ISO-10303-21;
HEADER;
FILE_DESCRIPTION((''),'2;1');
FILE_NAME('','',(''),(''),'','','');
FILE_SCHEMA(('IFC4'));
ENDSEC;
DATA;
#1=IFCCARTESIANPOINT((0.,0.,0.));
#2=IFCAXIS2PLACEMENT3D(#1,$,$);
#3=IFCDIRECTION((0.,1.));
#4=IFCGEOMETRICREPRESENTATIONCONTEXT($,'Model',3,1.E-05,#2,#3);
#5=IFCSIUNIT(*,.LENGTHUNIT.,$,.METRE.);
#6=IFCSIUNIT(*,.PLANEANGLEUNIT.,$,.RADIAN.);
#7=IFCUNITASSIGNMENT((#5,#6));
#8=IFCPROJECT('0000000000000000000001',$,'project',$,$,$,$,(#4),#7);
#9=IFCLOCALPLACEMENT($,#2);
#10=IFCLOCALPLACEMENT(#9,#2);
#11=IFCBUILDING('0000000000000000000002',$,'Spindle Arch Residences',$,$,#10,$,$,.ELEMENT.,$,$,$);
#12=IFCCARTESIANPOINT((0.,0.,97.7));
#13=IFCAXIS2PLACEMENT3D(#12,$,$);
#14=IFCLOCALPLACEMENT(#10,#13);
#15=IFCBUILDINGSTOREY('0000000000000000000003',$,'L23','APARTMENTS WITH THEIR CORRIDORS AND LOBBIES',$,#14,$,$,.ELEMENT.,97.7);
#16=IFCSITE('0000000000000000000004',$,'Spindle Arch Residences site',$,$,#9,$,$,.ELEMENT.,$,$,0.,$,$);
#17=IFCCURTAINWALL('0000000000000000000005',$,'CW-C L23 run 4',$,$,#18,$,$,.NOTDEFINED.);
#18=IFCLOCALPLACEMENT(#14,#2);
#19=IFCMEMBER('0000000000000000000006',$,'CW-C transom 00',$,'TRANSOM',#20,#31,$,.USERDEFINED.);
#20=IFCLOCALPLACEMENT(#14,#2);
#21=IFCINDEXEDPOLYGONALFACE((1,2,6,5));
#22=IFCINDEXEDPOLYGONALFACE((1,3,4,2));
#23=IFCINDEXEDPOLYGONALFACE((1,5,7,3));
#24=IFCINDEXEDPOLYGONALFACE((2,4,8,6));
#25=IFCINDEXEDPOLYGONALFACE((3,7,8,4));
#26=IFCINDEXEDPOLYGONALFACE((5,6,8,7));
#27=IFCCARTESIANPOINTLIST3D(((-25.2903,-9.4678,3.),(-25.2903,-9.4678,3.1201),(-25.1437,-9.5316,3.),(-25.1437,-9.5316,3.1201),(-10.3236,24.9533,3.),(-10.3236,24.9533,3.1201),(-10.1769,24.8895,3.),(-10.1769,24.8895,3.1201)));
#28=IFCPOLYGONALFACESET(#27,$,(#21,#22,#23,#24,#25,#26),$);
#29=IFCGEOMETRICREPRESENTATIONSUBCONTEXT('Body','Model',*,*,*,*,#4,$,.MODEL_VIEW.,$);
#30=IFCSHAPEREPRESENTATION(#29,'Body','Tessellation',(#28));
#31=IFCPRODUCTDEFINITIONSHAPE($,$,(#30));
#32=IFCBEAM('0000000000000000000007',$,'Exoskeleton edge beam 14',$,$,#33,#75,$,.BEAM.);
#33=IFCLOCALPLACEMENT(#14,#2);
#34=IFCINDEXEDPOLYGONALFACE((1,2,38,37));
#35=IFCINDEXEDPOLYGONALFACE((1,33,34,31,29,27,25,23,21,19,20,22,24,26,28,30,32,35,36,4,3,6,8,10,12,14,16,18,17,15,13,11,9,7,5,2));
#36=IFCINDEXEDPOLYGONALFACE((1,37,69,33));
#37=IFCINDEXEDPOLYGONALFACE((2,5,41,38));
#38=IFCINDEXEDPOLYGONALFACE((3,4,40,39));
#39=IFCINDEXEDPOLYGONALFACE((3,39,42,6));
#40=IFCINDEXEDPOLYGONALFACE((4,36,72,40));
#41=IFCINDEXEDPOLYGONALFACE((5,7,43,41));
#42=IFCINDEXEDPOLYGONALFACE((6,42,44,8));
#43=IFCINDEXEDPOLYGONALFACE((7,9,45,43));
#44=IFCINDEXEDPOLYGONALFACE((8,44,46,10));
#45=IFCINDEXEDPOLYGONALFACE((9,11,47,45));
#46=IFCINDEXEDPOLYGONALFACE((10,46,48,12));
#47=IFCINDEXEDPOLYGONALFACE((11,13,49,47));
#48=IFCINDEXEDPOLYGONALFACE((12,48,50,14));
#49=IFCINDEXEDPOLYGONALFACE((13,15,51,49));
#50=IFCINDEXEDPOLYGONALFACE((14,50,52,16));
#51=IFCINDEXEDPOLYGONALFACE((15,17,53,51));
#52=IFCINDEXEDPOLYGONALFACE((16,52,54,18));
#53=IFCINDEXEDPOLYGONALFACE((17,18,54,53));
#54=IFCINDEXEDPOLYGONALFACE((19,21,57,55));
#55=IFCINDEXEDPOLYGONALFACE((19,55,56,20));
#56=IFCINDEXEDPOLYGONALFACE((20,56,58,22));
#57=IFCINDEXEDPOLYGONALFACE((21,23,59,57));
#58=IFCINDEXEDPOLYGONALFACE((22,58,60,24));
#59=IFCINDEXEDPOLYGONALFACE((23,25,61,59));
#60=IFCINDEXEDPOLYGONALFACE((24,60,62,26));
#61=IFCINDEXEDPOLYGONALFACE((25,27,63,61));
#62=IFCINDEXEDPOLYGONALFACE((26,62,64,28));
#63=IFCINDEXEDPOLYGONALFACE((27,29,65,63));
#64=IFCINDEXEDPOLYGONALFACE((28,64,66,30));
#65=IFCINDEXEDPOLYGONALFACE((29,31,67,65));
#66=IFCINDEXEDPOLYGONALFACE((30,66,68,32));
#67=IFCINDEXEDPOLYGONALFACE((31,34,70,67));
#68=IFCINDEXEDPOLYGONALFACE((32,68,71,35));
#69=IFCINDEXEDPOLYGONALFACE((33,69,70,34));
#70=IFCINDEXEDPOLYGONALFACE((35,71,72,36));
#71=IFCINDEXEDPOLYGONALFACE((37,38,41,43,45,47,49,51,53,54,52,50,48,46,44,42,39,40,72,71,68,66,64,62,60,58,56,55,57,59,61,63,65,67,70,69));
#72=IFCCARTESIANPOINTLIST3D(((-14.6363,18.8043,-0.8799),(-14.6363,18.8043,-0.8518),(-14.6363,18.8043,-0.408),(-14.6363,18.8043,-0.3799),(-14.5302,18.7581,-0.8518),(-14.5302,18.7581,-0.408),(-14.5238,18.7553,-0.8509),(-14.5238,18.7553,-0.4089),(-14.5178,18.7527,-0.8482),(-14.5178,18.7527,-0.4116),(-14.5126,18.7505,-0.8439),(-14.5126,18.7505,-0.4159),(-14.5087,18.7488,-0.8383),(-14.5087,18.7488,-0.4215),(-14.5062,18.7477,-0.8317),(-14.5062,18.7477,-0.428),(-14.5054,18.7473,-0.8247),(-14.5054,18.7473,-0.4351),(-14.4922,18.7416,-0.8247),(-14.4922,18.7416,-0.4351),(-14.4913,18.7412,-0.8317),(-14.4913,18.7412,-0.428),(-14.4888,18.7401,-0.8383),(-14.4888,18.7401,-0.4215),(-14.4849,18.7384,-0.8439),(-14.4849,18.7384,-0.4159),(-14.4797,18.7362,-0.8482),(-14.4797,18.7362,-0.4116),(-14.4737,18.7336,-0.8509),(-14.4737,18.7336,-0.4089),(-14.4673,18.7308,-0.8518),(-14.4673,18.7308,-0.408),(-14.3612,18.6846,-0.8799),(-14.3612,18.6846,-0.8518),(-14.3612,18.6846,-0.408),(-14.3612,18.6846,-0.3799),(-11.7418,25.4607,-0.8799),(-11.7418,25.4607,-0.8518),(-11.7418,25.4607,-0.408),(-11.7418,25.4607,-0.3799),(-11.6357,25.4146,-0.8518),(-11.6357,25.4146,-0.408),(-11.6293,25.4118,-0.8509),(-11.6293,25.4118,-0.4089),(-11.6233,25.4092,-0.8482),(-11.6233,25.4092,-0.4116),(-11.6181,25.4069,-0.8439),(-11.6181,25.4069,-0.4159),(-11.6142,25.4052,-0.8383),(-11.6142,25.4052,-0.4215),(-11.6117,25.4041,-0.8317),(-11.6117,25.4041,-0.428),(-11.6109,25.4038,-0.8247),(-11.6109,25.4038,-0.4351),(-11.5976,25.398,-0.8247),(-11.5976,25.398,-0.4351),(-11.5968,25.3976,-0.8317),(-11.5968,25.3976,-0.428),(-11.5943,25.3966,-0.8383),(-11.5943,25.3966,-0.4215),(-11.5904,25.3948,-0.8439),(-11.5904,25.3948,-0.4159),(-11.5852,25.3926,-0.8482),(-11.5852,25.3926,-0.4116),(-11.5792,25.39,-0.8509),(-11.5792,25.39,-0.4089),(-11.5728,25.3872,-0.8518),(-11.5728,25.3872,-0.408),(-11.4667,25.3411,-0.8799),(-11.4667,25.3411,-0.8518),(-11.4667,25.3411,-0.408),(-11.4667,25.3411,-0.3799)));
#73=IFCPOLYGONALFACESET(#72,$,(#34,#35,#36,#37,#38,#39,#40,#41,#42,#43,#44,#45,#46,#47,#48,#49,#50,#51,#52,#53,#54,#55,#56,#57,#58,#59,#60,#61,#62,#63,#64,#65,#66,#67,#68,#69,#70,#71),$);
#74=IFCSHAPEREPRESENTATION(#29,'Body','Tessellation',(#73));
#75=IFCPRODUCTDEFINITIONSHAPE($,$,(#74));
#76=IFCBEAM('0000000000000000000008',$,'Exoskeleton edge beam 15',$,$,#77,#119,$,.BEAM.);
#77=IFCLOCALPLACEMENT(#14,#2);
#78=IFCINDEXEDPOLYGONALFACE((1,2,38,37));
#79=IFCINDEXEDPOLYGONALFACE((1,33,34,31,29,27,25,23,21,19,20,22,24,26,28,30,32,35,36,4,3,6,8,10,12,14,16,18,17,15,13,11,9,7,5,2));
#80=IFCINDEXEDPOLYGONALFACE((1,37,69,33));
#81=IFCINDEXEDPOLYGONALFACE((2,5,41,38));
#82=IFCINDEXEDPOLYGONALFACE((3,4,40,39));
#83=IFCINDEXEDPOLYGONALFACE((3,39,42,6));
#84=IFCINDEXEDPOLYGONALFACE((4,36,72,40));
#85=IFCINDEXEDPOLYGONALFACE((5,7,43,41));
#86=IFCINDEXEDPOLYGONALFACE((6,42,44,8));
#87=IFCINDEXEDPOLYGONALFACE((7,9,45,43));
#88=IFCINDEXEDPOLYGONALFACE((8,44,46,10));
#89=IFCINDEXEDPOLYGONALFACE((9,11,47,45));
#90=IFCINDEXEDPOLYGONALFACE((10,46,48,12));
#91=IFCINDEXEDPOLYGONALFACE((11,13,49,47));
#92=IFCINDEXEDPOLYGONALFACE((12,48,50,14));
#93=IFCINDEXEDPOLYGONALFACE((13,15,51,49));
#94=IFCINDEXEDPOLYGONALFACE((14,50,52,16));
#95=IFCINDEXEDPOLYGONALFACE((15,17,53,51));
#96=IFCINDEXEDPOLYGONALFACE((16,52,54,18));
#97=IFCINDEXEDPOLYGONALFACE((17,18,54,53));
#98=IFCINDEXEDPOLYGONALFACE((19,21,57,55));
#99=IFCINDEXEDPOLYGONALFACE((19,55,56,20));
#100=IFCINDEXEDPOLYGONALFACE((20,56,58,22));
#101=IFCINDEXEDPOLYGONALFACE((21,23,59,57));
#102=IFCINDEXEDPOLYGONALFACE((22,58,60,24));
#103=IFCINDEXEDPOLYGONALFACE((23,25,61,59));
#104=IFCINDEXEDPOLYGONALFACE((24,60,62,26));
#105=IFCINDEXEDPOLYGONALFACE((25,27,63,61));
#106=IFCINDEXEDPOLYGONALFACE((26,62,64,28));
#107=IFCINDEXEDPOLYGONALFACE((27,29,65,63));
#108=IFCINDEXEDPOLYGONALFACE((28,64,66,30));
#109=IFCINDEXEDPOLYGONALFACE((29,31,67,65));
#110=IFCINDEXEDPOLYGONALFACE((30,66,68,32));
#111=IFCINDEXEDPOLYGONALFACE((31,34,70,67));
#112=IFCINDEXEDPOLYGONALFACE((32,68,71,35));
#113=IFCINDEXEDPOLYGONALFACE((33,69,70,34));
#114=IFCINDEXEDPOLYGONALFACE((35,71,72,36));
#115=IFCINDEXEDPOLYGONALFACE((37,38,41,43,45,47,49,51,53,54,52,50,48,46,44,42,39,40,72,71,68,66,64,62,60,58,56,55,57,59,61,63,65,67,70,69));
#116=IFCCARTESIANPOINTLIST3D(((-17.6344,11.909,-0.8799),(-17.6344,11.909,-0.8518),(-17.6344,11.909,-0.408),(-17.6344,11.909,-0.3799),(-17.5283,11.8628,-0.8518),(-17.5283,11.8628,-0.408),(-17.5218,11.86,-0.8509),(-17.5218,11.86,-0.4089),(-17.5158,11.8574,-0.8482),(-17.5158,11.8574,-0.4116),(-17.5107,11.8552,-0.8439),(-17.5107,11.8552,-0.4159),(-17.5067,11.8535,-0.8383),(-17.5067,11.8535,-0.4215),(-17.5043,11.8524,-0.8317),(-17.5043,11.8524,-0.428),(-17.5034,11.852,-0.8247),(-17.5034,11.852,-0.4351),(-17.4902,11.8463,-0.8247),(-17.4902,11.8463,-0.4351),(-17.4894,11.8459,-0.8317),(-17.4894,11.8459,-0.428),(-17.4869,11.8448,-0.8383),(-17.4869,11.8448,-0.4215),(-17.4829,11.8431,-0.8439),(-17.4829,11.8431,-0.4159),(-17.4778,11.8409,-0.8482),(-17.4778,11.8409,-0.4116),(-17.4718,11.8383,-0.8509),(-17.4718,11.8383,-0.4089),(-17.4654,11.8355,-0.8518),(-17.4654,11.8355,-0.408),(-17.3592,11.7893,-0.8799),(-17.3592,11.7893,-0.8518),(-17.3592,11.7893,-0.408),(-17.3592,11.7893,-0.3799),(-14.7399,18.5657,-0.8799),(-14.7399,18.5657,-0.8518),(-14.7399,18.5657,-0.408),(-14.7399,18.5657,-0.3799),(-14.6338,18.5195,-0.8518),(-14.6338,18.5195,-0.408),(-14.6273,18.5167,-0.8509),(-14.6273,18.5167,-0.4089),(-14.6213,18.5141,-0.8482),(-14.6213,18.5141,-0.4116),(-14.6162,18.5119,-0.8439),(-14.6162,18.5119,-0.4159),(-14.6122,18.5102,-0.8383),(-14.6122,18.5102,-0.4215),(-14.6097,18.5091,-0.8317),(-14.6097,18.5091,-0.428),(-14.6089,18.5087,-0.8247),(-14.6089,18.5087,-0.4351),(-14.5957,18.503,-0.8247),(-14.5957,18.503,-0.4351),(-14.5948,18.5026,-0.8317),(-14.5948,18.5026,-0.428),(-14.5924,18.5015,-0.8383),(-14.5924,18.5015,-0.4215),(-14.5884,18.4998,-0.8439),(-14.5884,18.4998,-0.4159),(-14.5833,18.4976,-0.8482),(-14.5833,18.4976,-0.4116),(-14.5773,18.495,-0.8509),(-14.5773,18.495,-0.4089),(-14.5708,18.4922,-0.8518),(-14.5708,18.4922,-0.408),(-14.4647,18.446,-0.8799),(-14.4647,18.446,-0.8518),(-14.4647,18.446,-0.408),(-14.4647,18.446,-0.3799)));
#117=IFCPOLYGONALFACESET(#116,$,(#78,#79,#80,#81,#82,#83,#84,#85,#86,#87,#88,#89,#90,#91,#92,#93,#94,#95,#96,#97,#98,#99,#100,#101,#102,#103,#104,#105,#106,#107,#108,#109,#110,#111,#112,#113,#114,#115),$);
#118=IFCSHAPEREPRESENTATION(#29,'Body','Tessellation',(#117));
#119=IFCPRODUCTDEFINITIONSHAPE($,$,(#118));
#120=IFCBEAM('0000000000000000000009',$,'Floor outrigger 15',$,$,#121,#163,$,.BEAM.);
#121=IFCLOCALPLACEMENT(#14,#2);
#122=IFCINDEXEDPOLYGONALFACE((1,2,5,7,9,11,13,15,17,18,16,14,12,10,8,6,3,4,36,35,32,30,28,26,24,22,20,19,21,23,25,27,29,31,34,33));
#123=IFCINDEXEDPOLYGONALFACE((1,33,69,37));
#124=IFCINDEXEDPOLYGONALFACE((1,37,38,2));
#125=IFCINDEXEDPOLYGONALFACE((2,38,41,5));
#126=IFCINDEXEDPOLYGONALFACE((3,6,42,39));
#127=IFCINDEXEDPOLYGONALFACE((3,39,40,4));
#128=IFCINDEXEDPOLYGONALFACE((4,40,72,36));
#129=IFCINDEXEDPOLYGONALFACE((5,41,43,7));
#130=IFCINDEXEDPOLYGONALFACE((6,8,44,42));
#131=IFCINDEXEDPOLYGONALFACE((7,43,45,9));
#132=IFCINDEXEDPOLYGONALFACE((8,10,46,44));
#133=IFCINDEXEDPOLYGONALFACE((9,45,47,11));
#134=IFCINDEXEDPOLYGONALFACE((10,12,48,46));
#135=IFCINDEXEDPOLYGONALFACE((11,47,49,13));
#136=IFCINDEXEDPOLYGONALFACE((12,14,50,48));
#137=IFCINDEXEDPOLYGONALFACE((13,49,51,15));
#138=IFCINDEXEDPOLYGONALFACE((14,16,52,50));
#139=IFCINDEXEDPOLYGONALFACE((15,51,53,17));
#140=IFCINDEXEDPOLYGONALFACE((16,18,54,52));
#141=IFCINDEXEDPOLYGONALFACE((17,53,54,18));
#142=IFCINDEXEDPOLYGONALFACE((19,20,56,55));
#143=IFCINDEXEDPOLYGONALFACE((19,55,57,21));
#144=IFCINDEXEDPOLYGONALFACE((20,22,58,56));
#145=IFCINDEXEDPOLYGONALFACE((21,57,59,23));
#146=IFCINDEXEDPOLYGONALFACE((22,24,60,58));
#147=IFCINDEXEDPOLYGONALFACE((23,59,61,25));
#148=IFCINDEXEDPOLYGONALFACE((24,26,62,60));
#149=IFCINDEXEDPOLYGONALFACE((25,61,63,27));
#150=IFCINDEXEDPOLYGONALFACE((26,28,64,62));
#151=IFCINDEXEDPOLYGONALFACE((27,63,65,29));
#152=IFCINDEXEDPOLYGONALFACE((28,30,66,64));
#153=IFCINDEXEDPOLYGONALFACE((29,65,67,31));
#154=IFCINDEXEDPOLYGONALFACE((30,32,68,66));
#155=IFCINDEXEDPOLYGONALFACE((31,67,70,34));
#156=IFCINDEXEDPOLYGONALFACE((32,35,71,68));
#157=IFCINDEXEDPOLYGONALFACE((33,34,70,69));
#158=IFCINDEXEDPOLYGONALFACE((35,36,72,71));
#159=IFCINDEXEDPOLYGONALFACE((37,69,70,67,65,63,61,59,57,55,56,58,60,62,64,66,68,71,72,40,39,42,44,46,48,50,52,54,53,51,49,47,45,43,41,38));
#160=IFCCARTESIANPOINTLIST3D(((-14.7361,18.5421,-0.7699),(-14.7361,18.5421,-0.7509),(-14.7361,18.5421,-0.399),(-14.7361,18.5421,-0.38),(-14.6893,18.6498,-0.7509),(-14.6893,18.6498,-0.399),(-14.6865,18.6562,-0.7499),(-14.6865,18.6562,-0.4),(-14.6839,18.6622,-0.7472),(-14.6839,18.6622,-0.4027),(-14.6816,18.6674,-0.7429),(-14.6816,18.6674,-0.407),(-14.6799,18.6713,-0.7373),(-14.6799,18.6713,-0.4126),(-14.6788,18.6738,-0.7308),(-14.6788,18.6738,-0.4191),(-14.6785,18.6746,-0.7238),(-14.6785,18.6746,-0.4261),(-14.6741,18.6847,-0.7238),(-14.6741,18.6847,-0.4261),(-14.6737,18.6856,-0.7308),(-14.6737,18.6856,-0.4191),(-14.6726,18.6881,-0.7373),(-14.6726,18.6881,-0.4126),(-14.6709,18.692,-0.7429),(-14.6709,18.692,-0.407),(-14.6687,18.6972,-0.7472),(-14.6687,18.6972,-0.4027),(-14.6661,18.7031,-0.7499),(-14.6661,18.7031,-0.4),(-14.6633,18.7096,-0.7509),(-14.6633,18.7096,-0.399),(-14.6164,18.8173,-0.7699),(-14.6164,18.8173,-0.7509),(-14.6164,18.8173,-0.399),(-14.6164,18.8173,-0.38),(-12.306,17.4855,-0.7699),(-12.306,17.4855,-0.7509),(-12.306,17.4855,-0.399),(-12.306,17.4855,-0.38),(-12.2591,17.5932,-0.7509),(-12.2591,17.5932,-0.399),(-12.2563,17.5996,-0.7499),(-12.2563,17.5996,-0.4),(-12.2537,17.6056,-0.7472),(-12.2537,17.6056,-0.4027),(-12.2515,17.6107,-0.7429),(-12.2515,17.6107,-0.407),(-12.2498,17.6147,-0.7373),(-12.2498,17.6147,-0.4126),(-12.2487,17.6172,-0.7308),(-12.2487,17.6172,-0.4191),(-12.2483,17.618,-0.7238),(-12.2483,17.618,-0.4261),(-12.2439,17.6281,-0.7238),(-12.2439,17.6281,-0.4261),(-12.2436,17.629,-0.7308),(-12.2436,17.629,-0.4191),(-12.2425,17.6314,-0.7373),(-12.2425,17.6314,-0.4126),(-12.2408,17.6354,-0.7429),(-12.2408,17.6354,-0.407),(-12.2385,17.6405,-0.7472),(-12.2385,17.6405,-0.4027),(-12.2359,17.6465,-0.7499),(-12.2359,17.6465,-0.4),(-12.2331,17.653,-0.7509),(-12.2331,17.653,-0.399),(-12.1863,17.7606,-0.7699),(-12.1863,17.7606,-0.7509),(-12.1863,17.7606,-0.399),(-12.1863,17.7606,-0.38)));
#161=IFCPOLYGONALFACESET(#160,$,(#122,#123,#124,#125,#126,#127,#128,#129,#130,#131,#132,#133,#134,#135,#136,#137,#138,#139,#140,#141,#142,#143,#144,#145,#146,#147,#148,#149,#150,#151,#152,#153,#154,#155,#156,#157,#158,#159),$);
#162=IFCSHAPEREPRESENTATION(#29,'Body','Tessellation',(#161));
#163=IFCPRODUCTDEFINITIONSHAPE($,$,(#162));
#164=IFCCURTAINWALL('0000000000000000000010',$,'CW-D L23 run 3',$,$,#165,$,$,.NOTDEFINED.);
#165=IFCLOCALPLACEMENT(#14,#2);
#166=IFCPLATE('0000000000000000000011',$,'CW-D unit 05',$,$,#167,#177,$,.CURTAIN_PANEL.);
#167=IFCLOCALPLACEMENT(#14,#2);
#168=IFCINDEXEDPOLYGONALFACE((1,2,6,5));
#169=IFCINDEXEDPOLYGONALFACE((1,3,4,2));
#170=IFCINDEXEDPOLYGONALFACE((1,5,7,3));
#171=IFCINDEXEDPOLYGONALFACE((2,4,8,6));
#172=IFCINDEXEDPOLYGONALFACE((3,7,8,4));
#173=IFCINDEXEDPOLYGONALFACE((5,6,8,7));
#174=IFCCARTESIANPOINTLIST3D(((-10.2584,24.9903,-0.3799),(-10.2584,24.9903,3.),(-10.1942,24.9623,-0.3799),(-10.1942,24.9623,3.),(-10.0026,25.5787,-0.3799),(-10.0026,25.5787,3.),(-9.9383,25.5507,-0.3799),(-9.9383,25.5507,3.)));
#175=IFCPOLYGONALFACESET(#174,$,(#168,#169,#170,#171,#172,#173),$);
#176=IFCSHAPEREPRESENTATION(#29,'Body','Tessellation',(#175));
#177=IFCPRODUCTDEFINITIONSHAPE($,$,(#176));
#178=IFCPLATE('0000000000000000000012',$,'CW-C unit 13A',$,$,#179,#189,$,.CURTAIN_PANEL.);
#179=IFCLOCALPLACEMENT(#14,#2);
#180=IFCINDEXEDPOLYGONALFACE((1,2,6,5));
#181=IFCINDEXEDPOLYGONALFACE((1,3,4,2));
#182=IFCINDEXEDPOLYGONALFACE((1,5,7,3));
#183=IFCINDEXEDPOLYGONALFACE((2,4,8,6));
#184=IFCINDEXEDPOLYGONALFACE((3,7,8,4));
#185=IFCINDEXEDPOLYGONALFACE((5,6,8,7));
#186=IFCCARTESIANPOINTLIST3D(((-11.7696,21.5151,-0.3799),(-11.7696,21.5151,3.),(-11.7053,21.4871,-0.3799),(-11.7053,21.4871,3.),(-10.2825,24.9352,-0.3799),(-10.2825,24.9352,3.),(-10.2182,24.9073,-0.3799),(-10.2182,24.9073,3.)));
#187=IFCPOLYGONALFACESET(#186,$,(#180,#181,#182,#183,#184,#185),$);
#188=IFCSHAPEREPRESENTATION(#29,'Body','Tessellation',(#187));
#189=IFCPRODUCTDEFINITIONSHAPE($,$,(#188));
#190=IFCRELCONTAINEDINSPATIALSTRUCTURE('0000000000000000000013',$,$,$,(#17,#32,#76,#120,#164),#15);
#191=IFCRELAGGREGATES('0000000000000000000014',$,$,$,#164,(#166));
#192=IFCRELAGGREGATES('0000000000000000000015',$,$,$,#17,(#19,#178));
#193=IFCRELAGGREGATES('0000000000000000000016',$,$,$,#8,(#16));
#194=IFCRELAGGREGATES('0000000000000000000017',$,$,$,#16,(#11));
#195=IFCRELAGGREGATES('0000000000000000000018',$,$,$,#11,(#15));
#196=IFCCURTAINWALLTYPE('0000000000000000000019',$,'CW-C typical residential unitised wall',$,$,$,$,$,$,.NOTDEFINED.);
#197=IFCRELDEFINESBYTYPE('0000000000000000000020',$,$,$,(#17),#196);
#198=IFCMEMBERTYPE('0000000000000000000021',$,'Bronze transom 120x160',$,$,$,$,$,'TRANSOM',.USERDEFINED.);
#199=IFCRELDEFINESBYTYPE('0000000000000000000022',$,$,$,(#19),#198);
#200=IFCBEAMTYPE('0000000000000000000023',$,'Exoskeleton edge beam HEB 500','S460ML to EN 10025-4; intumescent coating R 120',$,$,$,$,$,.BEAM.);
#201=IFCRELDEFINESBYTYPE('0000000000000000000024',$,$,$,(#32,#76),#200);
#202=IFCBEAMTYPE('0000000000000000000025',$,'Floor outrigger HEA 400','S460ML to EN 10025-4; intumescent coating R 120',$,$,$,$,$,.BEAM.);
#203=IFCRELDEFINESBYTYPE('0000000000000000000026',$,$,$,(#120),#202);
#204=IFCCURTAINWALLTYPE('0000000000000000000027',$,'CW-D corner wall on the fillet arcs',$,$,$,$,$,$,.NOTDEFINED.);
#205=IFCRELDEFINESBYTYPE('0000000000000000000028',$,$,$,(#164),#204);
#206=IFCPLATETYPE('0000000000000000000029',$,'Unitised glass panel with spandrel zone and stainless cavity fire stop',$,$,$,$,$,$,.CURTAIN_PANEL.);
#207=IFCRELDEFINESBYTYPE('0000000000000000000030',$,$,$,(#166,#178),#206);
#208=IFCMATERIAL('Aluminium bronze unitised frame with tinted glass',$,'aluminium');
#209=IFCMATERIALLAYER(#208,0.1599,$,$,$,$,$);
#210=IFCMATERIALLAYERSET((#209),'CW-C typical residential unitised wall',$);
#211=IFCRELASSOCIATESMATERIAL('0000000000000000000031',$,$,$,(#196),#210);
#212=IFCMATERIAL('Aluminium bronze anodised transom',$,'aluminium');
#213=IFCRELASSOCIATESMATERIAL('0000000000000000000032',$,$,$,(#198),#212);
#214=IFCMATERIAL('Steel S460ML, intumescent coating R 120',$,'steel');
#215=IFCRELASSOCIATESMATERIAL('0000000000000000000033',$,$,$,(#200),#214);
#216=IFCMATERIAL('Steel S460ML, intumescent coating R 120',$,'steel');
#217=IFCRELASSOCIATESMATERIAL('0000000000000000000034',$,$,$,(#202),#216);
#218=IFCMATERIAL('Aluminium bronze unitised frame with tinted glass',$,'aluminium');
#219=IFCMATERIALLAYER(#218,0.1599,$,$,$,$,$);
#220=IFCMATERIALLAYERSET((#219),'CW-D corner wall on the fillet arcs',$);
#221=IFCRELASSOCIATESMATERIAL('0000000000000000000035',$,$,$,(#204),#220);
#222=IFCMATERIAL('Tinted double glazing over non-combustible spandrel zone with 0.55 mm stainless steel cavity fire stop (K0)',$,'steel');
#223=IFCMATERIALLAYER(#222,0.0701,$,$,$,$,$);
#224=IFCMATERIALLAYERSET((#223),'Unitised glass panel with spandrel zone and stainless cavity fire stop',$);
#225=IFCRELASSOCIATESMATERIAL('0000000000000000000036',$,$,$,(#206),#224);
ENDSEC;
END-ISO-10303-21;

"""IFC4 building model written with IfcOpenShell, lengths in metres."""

from ifc_helpers import new_model, si_unit, direction, frame, origin, origin_2d, place, context, subcontext, project, spatial, rectangle, i_section, extrude, material, layer, layer_set, material_profile, profile_set, type_object, element, aggregate, save


model = new_model("IFC4")

# Units and contexts
model_context = context("Model", 3, precision=1e-05, world=origin(), true_north=direction((0.0, 1.0)))
body_context = subcontext(model_context, "Body", "Model", "MODEL_VIEW")
ifc_project = project(units=[si_unit("LENGTHUNIT", "METRE"), si_unit("PLANEANGLEUNIT", "RADIAN")], contexts=[model_context])

# Site, building, storey
site_placement = place(None, origin())
site = spatial("IfcSite", under=ifc_project, at=site_placement, Name="Spindle Arch Residences site", CompositionType="ELEMENT", RefElevation=0.0)
building_placement = place(site_placement, origin())
building = spatial("IfcBuilding", under=site, at=building_placement, Name="Spindle Arch Residences", CompositionType="ELEMENT")
storey_placement = place(building_placement, frame((0.0, 0.0, 97.7)))
storey = spatial("IfcBuildingStorey", under=building, at=storey_placement, Name="L23", Description="APARTMENTS WITH THEIR CORRIDORS AND LOBBIES", CompositionType="ELEMENT", Elevation=97.7)

# Curtain wall, member
ifc_material_1 = material(Name="Aluminium bronze unitised frame with tinted glass", Category="aluminium")
ifc_layer_1 = layer(ifc_material_1, 0.1599)
ifc_layer_set_1 = layer_set([ifc_layer_1], Name="CW-C typical residential unitised wall")
curtain_wall_type_1 = type_object("IfcCurtainWallType", Name="CW-C typical residential unitised wall", PredefinedType="NOTDEFINED", material=ifc_layer_set_1)
curtain_wall_1_placement = place(storey_placement, origin())
curtain_wall_1 = element("IfcCurtainWall", 1, at=curtain_wall_1_placement, inside=storey, type_object=curtain_wall_type_1, Name="CW-C L23 run 4", PredefinedType="NOTDEFINED")
ifc_material_2 = material(Name="Aluminium bronze anodised transom", Category="aluminium")
ifc_material_profile_1 = material_profile(ifc_material_2, rectangle(XDim=0.1599, YDim=0.1201, at=origin_2d()), Name="TR 120x160")
ifc_profile_set_1 = profile_set([ifc_material_profile_1], Name="Aluminium bronze anodised transom")
member_type_1 = type_object("IfcMemberType", Name="Bronze transom 120x160", ElementType="TRANSOM", PredefinedType="USERDEFINED", material=ifc_profile_set_1)
member_1_placement = place(storey_placement, frame((-10.2502, 24.9214, 3.0601), z_axis=(-0.39875, -0.91706, 0.0), x_axis=(0.91706, -0.39875, 0.0)))
member_1 = element("IfcMember", 2, at=member_1_placement, type_object=member_type_1, Name="CW-C transom 00", ObjectType="TRANSOM", PredefinedType="USERDEFINED", context=body_context, shape_type="SweptSolid", body=[
    extrude(rectangle(XDim=0.1599, YDim=0.1201, at=origin_2d()), origin(), (0.0, 0.0, 1.0), 37.5342),
])

# Beams
ifc_material_3 = material(Name="Steel S460ML, intumescent coating R 120", Category="steel")
ifc_material_profile_2 = material_profile(ifc_material_3, i_section(OverallWidth=0.3, OverallDepth=0.5, WebThickness=0.0144, FlangeThickness=0.0281, FilletRadius=0.0271, at=origin_2d()), Name="HEB 500")
ifc_profile_set_2 = profile_set([ifc_material_profile_2], Name="Steel S460ML, intumescent coating R 120")
beam_type_1 = type_object("IfcBeamType", Name="Exoskeleton edge beam HEB 500", Description="S460ML to EN 10025-4; intumescent coating R 120", PredefinedType="BEAM", material=ifc_profile_set_2)
beam_1_placement = place(storey_placement, frame((-11.6042, 25.4009, -0.6299), z_axis=(-0.398773, -0.91705, 0.0), x_axis=(0.91705, -0.398773, 0.0)))
element("IfcBeam", 3, at=beam_1_placement, inside=storey, type_object=beam_type_1, Name="Exoskeleton edge beam 14", PredefinedType="BEAM", context=body_context, shape_type="SweptSolid", body=[
    extrude(i_section(OverallWidth=0.3, OverallDepth=0.5, WebThickness=0.0144, FlangeThickness=0.0281, FilletRadius=0.0271, at=origin_2d()), origin(), (0.0, 0.0, 1.0), 7.2585),
])
beam_2_placement = place(storey_placement, frame((-14.6023, 18.5059, -0.6299), z_axis=(-0.398761, -0.917055, 0.0), x_axis=(0.917055, -0.398761, 0.0)))
element("IfcBeam", 4, at=beam_2_placement, inside=storey, type_object=beam_type_1, Name="Exoskeleton edge beam 15", PredefinedType="BEAM", context=body_context, shape_type="SweptSolid", body=[
    extrude(i_section(OverallWidth=0.3, OverallDepth=0.5, WebThickness=0.0144, FlangeThickness=0.0281, FilletRadius=0.0271, at=origin_2d()), origin(), (0.0, 0.0, 1.0), 7.2588),
])
ifc_material_4 = material(Name="Steel S460ML, intumescent coating R 120", Category="steel")
ifc_material_profile_3 = material_profile(ifc_material_4, i_section(OverallWidth=0.3, OverallDepth=0.3899, WebThickness=0.011, FlangeThickness=0.019, FilletRadius=0.0271, at=origin_2d()), Name="HEA 400")
ifc_profile_set_3 = profile_set([ifc_material_profile_3], Name="Steel S460ML, intumescent coating R 120")
beam_type_2 = type_object("IfcBeamType", Name="Floor outrigger HEA 400", Description="S460ML to EN 10025-4; intumescent coating R 120", PredefinedType="BEAM", material=ifc_profile_set_3)
beam_3_placement = place(storey_placement, frame((-14.6763, 18.6797, -0.575), z_axis=(0.917064, -0.39874, 0.0), x_axis=(0.39874, 0.917064, 0.0)))
element("IfcBeam", 5, at=beam_3_placement, inside=storey, type_object=beam_type_2, Name="Floor outrigger 15", PredefinedType="BEAM", context=body_context, shape_type="SweptSolid", body=[
    extrude(i_section(OverallWidth=0.3, OverallDepth=0.3899, WebThickness=0.011, FlangeThickness=0.019, FilletRadius=0.0271, at=origin_2d()), origin(), (0.0, 0.0, 1.0), 2.6499),
])

# Curtain wall, plate
ifc_material_5 = material(Name="Aluminium bronze unitised frame with tinted glass", Category="aluminium")
ifc_layer_2 = layer(ifc_material_5, 0.1599)
ifc_layer_set_2 = layer_set([ifc_layer_2], Name="CW-D corner wall on the fillet arcs")
curtain_wall_type_2 = type_object("IfcCurtainWallType", Name="CW-D corner wall on the fillet arcs", PredefinedType="NOTDEFINED", material=ifc_layer_set_2)
curtain_wall_2_placement = place(storey_placement, origin())
curtain_wall_2 = element("IfcCurtainWall", 6, at=curtain_wall_2_placement, inside=storey, type_object=curtain_wall_type_2, Name="CW-D L23 run 3", PredefinedType="NOTDEFINED")
ifc_material_6 = material(Name="Tinted double glazing over non-combustible spandrel zone with 0.55 mm stainless steel cavity fire stop (K0)", Category="steel")
ifc_layer_3 = layer(ifc_material_6, 0.0701)
ifc_layer_set_3 = layer_set([ifc_layer_3], Name="Unitised glass panel with spandrel zone and stainless cavity fire stop")
plate_type = type_object("IfcPlateType", Name="Unitised glass panel with spandrel zone and stainless cavity fire stop", PredefinedType="CURTAIN_PANEL", material=ifc_layer_set_3)
plate_1_placement = place(storey_placement, frame((-10.0984, 25.2705, -0.3799), z_axis=(0.0, 0.0, 1.0), x_axis=(-0.398749, -0.91706, 0.0)))
plate_1 = element("IfcPlate", 7, at=plate_1_placement, type_object=plate_type, Name="CW-D unit 05", PredefinedType="CURTAIN_PANEL", context=body_context, shape_type="SweptSolid", body=[
    extrude(rectangle(XDim=0.6416, YDim=0.0701, at=origin_2d()), origin(), (0.0, 0.0, 1.0), 3.3799),
])
aggregate(curtain_wall_2, [plate_1])

# Plate
plate_2_placement = place(storey_placement, frame((-10.9939, 23.2112, -0.3799), z_axis=(0.0, 0.0, 1.0), x_axis=(-0.398749, -0.91706, 0.0)))
plate_2 = element("IfcPlate", 8, at=plate_2_placement, type_object=plate_type, Name="CW-C unit 13A", PredefinedType="CURTAIN_PANEL", context=body_context, shape_type="SweptSolid", body=[
    extrude(rectangle(XDim=3.7295, YDim=0.0701, at=origin_2d()), origin(), (0.0, 0.0, 1.0), 3.3799),
])
aggregate(curtain_wall_1, [member_1, plate_2])

save(model, "model.ifc")
